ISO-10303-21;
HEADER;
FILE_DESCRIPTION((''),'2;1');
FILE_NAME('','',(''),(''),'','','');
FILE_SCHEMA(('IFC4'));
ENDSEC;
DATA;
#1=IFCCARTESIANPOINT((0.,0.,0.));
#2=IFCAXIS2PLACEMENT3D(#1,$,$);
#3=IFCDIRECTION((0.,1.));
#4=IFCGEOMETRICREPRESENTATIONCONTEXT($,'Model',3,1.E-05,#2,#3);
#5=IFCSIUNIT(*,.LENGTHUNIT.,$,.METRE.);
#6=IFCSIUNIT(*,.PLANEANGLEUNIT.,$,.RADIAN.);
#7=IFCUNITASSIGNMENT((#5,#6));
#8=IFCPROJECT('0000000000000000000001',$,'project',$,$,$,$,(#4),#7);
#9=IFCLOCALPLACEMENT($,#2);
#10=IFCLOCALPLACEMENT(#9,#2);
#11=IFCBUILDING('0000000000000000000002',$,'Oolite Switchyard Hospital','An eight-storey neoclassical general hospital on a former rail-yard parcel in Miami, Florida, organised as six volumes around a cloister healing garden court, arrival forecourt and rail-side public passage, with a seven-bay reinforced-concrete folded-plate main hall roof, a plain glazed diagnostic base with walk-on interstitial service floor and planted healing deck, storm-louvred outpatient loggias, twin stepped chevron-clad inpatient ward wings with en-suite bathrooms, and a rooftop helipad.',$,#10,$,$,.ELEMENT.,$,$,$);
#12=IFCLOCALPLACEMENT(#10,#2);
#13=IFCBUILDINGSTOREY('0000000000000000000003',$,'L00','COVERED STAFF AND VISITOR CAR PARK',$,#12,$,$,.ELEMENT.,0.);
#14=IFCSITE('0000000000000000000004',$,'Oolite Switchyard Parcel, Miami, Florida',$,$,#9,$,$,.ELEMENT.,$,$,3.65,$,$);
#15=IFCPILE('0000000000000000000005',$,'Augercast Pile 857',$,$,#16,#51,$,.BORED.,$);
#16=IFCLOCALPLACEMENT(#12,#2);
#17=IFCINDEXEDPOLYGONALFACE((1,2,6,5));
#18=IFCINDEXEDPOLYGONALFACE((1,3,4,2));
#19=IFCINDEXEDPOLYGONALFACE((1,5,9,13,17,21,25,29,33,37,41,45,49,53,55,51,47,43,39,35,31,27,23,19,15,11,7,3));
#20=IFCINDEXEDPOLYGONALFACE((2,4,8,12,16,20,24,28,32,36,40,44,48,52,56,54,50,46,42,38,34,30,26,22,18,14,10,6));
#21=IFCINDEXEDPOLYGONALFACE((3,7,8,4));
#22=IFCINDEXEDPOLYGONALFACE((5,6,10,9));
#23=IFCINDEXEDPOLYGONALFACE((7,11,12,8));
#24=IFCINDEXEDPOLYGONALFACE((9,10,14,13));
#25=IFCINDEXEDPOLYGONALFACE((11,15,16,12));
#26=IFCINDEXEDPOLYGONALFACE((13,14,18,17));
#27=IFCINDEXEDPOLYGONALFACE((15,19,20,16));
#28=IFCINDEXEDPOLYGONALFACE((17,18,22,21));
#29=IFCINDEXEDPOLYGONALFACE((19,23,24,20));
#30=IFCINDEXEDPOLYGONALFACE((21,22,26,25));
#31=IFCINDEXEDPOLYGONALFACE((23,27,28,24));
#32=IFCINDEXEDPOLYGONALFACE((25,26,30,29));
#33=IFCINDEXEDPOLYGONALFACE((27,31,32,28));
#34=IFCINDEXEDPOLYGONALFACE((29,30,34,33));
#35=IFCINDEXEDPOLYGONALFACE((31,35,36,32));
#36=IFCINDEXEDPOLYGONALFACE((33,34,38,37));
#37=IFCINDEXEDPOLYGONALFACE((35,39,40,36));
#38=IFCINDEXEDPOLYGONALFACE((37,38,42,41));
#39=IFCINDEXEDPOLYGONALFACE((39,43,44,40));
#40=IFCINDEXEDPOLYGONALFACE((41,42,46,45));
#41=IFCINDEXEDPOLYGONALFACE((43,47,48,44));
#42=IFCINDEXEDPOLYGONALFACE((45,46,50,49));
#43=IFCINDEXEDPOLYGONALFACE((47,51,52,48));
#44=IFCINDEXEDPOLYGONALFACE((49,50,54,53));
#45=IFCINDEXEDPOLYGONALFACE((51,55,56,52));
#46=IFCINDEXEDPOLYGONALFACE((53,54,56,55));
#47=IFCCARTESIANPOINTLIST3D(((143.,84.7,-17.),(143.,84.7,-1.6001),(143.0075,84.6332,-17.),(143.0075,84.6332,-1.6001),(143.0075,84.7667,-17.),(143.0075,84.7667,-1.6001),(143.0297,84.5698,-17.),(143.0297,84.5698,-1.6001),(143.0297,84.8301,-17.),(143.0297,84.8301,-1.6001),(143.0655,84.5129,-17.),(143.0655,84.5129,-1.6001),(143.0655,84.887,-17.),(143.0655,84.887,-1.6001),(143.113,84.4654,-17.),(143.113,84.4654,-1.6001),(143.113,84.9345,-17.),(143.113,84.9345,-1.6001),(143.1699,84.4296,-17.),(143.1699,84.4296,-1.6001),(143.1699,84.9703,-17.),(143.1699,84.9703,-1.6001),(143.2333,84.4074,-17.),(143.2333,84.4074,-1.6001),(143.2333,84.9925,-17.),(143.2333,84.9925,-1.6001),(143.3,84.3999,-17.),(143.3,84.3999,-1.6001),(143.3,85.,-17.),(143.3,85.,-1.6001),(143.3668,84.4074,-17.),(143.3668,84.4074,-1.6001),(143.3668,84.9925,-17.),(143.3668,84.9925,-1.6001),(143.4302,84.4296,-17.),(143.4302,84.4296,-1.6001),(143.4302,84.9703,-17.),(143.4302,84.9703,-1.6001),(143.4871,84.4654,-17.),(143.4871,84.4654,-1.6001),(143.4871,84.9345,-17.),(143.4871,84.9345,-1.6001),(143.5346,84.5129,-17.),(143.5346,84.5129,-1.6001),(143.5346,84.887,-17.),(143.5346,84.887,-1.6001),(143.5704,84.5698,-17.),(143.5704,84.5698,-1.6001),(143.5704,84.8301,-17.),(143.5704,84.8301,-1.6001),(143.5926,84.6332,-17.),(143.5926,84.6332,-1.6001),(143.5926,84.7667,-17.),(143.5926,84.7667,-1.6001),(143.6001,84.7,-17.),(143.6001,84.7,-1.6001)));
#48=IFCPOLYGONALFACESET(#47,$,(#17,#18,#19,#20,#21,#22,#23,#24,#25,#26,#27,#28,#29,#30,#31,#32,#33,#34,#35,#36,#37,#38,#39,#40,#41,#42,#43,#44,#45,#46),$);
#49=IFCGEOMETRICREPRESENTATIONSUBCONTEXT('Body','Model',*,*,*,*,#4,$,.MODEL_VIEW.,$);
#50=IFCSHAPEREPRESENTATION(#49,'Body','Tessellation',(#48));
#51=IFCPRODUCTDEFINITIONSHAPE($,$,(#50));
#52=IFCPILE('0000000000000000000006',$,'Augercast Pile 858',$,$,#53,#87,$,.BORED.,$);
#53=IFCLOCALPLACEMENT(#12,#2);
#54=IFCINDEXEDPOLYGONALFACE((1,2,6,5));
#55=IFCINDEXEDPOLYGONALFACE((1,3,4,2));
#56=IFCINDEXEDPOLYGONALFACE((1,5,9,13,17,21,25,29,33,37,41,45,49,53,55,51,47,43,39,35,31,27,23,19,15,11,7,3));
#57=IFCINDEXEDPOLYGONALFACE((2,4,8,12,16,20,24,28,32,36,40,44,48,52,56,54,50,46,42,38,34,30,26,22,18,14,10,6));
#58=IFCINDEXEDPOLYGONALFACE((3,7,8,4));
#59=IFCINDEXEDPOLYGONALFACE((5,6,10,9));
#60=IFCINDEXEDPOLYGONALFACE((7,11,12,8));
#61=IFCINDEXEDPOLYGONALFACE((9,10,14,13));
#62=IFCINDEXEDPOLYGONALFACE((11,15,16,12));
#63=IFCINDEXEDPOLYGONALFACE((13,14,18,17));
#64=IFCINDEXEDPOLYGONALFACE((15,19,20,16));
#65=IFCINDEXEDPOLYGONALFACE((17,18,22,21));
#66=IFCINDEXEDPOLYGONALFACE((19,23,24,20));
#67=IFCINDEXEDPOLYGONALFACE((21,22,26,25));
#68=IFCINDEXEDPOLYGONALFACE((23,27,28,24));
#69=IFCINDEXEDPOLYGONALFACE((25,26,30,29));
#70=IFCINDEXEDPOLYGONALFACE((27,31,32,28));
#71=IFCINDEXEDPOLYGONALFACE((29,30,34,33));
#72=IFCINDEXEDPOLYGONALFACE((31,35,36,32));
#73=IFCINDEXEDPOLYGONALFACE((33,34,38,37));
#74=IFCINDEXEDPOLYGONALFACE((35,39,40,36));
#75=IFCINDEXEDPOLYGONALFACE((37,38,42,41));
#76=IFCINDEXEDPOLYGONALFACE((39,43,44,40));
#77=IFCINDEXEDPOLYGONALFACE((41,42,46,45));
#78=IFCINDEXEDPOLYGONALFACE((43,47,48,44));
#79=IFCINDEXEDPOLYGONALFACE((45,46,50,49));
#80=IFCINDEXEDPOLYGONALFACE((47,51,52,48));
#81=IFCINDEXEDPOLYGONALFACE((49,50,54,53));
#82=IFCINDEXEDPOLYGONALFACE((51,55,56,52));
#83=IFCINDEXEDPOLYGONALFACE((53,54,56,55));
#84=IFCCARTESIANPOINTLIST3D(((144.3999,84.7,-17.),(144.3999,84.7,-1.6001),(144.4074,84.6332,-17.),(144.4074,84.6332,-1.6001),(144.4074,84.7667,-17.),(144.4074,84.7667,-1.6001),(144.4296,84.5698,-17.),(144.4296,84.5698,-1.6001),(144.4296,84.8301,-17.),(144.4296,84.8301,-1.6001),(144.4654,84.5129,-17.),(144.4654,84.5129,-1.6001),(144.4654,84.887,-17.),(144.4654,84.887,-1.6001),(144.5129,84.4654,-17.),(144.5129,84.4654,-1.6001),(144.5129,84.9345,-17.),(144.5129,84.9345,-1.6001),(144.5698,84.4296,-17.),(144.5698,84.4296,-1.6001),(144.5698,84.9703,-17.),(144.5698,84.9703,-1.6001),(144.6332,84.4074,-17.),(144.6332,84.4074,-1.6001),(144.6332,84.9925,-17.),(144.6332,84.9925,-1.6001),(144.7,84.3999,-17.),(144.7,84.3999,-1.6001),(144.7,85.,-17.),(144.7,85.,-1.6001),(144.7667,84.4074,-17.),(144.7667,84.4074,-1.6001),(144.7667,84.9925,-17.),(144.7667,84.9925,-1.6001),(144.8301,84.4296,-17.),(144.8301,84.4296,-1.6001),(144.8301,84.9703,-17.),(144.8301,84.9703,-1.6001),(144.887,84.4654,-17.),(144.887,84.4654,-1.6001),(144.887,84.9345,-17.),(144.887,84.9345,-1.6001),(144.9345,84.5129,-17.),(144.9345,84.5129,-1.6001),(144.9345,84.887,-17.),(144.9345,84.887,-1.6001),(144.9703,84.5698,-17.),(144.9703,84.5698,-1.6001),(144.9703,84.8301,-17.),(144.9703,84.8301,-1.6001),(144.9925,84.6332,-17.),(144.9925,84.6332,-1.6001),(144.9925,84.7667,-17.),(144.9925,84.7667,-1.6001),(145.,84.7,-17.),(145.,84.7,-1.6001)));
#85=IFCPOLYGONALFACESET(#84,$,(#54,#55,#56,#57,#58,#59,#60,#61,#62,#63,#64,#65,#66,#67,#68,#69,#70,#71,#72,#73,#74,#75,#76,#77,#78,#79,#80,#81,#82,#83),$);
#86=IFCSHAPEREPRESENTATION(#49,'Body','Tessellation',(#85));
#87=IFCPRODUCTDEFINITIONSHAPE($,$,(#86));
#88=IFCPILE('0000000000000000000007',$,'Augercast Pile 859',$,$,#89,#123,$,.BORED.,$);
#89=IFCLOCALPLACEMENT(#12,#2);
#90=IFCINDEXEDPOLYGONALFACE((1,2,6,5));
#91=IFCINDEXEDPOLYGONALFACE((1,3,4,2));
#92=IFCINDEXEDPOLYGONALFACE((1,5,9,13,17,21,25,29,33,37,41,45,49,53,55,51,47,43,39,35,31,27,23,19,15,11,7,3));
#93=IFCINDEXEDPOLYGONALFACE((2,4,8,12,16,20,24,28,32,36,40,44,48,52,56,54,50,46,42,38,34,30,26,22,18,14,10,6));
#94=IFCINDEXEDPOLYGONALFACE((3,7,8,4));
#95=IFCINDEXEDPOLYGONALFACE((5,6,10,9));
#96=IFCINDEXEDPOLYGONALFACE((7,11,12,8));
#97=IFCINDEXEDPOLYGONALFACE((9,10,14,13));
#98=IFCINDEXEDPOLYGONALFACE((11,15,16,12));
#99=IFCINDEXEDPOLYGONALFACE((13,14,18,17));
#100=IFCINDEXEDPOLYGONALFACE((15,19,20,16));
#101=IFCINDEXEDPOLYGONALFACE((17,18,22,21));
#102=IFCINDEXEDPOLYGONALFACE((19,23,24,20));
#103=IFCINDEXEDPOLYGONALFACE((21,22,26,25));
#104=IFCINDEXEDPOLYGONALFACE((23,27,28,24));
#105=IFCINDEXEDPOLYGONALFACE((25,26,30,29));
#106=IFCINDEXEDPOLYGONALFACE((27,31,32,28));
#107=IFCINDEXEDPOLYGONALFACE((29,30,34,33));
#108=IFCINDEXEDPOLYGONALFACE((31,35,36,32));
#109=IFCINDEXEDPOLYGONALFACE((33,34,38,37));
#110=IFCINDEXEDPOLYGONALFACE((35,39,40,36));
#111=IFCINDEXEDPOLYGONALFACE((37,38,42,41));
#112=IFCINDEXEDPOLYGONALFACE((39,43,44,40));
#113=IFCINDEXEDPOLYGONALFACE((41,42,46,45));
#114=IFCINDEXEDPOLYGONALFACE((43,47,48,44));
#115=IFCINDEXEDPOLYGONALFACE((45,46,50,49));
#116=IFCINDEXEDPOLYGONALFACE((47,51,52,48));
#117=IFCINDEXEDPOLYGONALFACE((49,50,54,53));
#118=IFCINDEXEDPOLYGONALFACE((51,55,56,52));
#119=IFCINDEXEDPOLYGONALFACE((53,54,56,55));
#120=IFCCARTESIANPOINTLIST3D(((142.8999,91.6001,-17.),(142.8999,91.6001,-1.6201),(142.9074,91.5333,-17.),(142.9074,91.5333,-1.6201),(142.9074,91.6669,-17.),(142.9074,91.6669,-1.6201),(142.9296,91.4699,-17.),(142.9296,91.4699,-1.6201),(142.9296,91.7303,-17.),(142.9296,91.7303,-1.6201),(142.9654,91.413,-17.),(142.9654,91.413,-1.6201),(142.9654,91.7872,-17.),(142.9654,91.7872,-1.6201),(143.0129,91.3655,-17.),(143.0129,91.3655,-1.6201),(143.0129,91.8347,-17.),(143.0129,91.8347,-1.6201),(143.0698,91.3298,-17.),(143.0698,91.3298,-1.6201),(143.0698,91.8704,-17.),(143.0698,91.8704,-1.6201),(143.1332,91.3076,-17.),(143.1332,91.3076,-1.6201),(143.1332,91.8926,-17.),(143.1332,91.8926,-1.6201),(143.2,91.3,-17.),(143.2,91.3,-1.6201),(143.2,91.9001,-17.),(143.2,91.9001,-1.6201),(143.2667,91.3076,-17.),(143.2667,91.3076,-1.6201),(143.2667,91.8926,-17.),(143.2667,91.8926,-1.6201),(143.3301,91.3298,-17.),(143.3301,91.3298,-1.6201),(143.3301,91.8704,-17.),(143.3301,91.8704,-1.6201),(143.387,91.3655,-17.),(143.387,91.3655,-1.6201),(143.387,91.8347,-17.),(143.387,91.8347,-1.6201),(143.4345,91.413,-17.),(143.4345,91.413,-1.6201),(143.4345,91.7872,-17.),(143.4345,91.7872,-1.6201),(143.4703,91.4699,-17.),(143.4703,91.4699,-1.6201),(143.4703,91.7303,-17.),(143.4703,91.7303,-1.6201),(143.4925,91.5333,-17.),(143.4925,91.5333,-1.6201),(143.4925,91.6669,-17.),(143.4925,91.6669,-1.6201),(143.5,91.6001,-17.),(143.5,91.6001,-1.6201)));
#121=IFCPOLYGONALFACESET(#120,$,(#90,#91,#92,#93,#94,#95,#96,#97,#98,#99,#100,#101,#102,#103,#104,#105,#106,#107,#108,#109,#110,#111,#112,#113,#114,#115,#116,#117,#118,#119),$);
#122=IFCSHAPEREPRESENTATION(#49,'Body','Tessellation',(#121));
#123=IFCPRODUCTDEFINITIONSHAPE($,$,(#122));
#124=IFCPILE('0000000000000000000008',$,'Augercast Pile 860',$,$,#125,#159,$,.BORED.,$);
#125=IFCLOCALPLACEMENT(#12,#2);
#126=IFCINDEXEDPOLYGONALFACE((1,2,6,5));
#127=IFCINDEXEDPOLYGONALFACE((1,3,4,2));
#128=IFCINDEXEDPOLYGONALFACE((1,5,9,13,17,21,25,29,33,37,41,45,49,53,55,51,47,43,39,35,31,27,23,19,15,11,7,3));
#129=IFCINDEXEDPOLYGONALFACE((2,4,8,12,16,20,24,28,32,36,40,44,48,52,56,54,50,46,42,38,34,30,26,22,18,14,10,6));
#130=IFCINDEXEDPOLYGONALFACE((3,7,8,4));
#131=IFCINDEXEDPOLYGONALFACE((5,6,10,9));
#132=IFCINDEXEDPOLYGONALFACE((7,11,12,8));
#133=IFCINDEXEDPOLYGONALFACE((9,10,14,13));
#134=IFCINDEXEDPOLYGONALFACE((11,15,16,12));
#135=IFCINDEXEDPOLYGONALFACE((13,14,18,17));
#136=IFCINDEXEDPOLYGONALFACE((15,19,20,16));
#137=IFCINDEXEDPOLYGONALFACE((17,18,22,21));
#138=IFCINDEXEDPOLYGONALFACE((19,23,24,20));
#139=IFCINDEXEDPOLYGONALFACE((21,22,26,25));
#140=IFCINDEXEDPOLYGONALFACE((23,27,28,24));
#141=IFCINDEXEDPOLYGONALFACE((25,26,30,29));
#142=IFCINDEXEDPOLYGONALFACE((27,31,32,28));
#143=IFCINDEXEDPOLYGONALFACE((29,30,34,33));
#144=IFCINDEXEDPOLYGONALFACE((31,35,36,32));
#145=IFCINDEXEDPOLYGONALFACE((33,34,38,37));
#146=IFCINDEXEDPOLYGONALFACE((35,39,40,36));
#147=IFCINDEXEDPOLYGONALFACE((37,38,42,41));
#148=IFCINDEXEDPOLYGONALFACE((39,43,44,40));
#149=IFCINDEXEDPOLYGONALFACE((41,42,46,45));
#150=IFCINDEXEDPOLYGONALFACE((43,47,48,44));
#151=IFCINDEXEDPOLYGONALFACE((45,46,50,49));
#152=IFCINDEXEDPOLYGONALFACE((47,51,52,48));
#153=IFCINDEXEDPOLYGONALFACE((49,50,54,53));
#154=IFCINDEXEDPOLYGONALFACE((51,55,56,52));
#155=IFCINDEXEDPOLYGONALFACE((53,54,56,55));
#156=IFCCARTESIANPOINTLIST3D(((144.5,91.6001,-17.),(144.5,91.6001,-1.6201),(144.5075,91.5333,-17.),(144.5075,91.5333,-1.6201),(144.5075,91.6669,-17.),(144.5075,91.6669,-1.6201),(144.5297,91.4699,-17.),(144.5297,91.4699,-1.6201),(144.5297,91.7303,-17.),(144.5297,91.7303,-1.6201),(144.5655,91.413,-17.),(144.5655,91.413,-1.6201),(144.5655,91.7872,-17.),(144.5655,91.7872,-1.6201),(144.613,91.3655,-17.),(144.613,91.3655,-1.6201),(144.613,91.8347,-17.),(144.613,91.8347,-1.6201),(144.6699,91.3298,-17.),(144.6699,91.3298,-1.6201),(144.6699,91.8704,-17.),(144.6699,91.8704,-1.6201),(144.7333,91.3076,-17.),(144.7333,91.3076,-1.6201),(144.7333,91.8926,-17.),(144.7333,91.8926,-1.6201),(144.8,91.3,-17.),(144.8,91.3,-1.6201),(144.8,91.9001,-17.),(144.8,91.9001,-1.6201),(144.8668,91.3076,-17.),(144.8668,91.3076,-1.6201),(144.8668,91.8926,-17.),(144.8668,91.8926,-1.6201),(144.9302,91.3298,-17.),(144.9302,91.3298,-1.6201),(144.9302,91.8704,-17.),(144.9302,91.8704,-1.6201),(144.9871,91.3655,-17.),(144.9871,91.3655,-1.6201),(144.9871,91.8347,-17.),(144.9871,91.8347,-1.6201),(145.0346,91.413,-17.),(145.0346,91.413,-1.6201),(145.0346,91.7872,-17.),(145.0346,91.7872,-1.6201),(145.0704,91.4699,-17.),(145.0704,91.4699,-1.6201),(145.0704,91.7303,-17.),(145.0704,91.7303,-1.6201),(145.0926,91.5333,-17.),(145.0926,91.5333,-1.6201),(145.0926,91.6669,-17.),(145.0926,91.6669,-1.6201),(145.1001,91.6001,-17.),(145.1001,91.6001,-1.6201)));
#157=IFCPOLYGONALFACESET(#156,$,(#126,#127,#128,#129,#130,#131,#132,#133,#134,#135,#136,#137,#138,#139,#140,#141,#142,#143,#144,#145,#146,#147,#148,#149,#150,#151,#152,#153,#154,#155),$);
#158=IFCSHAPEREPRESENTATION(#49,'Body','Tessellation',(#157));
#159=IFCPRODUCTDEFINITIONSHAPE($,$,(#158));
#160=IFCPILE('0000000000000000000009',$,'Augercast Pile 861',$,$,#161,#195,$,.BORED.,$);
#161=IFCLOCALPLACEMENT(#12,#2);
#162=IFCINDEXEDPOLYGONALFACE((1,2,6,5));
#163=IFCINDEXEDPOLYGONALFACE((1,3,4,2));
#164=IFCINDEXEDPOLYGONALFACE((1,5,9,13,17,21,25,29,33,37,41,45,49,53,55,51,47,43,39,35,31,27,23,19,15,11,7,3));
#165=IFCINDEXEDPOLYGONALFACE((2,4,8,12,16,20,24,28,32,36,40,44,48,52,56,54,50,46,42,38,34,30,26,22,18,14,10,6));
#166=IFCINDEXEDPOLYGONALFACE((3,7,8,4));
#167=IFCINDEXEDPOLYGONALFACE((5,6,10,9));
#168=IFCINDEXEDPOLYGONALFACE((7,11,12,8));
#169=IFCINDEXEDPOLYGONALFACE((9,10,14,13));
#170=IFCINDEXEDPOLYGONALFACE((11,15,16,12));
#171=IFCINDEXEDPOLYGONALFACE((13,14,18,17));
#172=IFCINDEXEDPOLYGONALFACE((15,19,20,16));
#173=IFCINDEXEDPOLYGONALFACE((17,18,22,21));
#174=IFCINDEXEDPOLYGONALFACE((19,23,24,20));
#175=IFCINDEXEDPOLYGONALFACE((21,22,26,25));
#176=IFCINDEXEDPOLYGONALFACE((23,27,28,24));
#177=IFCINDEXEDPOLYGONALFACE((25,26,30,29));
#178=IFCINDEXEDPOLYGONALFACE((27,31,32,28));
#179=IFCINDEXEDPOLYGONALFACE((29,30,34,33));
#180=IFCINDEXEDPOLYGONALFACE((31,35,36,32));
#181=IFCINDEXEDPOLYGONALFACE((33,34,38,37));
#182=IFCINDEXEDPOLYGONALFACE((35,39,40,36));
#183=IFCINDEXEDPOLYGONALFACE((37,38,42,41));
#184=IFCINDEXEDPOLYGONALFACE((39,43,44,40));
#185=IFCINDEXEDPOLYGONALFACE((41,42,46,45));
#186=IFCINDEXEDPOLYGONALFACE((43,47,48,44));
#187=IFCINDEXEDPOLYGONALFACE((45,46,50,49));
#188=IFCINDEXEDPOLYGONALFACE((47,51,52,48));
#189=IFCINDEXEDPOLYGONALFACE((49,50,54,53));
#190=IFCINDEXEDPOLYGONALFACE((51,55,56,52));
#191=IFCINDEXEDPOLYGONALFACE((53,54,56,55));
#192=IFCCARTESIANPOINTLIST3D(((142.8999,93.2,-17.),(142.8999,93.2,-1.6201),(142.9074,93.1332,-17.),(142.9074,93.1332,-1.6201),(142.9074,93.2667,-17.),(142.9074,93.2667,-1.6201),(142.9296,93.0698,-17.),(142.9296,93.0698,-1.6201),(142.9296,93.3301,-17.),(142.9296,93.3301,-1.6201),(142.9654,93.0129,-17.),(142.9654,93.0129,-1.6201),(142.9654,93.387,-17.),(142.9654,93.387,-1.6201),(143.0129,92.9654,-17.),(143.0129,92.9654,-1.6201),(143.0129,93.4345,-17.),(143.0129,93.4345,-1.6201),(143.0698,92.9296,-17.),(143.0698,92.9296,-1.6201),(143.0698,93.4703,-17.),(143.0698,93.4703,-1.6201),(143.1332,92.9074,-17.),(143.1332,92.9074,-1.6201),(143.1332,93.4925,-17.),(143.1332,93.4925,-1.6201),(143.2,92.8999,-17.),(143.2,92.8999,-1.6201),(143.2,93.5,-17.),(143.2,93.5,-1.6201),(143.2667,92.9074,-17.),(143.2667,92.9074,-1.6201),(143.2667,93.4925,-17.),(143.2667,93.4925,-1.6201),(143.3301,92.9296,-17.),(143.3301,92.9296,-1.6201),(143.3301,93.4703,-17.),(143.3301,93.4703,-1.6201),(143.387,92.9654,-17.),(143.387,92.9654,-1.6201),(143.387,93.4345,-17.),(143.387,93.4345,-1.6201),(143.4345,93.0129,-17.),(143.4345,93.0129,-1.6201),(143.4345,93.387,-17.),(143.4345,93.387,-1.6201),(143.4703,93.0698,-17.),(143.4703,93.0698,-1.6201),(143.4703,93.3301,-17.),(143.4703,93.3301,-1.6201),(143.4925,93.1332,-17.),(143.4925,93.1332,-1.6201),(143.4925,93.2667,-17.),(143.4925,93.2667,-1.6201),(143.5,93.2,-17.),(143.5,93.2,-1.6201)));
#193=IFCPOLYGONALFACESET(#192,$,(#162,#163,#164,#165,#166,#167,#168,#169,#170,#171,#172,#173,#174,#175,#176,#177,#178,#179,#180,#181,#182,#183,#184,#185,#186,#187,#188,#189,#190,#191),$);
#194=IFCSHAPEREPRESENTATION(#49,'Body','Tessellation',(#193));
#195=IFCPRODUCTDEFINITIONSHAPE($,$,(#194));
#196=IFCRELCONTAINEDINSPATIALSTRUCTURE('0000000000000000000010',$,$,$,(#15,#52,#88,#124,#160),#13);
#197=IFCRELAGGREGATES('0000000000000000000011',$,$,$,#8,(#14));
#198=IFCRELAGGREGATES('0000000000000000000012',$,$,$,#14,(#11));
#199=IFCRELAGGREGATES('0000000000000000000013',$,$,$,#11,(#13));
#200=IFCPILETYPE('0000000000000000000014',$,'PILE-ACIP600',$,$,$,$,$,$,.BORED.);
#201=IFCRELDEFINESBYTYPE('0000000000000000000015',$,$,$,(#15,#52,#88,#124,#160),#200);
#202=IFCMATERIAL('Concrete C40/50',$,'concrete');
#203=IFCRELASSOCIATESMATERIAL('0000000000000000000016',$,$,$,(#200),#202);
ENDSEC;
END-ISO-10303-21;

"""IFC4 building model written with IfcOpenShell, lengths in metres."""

from ifc_helpers import new_model, si_unit, direction, frame, origin, origin_2d, place, context, subcontext, project, spatial, circle, extrude, material, material_profile, profile_set, type_object, element, save


model = new_model("IFC4")

# Units and contexts
model_context = context("Model", 3, precision=1e-05, world=origin(), true_north=direction((0.0, 1.0)))
body_context = subcontext(model_context, "Body", "Model", "MODEL_VIEW")
ifc_project = project(units=[si_unit("LENGTHUNIT", "METRE"), si_unit("PLANEANGLEUNIT", "RADIAN")], contexts=[model_context])

# Site, building, storey
site_placement = place(None, origin())
site = spatial("IfcSite", under=ifc_project, at=site_placement, Name="Oolite Switchyard Parcel, Miami, Florida", CompositionType="ELEMENT", RefElevation=3.65)
building_placement = place(site_placement, origin())
building = spatial("IfcBuilding", under=site, at=building_placement, Name="Oolite Switchyard Hospital", Description="An eight-storey neoclassical general hospital on a former rail-yard parcel in Miami, Florida, organised as six volumes around a cloister healing garden court, arrival forecourt and rail-side public passage, with a seven-bay reinforced-concrete folded-plate main hall roof, a plain glazed diagnostic base with walk-on interstitial service floor and planted healing deck, storm-louvred outpatient loggias, twin stepped chevron-clad inpatient ward wings with en-suite bathrooms, and a rooftop helipad.", CompositionType="ELEMENT")
storey_placement = place(building_placement, origin())
storey = spatial("IfcBuildingStorey", under=building, at=storey_placement, Name="L00", Description="COVERED STAFF AND VISITOR CAR PARK", CompositionType="ELEMENT", Elevation=0.0)

# Shared definitions
ifc_material_1 = material(Name="Concrete C40/50", Category="concrete")

# Piles
ifc_material_profile_1 = material_profile(ifc_material_1, circle(Radius=0.3, at=origin_2d()), Name="PILE600")
ifc_profile_set_1 = profile_set([ifc_material_profile_1], Name="Concrete C40/50")
pile_type = type_object("IfcPileType", Name="PILE-ACIP600", PredefinedType="BORED", material=ifc_profile_set_1)
for number, where, z_axis, x_axis, name in (
    (1, (143.3, 84.7, -1.6001), (0.0, 0.0, -1.0), (1.0, 0.0, 0.0), "Augercast Pile 857"),
    (2, (144.7, 84.7, -1.6001), (0.0, 0.0, -1.0), (1.0, 0.0, 0.0), "Augercast Pile 858"),
):
    element("IfcPile", number, at=place(storey_placement, frame(where, z_axis=z_axis, x_axis=x_axis)), inside=storey, type_object=pile_type, Name=name, PredefinedType="BORED", context=body_context, shape_type="SweptSolid", body=[
        extrude(circle(Radius=0.3, at=origin_2d()), origin(), (0.0, 0.0, 1.0), 15.3999),
    ])
for number, where, z_axis, x_axis, name in (
    (3, (143.2, 91.6001, -1.6201), (0.0, 0.0, -1.0), (1.0, 0.0, 0.0), "Augercast Pile 859"),
    (4, (144.8, 91.6001, -1.6201), (0.0, 0.0, -1.0), (1.0, 0.0, 0.0), "Augercast Pile 860"),
    (5, (143.2, 93.2, -1.6201), (0.0, 0.0, -1.0), (1.0, 0.0, 0.0), "Augercast Pile 861"),
):
    element("IfcPile", number, at=place(storey_placement, frame(where, z_axis=z_axis, x_axis=x_axis)), inside=storey, type_object=pile_type, Name=name, PredefinedType="BORED", context=body_context, shape_type="SweptSolid", body=[
        extrude(circle(Radius=0.3, at=origin_2d()), origin(), (0.0, 0.0, 1.0), 15.3799),
    ])

save(model, "model.ifc")
